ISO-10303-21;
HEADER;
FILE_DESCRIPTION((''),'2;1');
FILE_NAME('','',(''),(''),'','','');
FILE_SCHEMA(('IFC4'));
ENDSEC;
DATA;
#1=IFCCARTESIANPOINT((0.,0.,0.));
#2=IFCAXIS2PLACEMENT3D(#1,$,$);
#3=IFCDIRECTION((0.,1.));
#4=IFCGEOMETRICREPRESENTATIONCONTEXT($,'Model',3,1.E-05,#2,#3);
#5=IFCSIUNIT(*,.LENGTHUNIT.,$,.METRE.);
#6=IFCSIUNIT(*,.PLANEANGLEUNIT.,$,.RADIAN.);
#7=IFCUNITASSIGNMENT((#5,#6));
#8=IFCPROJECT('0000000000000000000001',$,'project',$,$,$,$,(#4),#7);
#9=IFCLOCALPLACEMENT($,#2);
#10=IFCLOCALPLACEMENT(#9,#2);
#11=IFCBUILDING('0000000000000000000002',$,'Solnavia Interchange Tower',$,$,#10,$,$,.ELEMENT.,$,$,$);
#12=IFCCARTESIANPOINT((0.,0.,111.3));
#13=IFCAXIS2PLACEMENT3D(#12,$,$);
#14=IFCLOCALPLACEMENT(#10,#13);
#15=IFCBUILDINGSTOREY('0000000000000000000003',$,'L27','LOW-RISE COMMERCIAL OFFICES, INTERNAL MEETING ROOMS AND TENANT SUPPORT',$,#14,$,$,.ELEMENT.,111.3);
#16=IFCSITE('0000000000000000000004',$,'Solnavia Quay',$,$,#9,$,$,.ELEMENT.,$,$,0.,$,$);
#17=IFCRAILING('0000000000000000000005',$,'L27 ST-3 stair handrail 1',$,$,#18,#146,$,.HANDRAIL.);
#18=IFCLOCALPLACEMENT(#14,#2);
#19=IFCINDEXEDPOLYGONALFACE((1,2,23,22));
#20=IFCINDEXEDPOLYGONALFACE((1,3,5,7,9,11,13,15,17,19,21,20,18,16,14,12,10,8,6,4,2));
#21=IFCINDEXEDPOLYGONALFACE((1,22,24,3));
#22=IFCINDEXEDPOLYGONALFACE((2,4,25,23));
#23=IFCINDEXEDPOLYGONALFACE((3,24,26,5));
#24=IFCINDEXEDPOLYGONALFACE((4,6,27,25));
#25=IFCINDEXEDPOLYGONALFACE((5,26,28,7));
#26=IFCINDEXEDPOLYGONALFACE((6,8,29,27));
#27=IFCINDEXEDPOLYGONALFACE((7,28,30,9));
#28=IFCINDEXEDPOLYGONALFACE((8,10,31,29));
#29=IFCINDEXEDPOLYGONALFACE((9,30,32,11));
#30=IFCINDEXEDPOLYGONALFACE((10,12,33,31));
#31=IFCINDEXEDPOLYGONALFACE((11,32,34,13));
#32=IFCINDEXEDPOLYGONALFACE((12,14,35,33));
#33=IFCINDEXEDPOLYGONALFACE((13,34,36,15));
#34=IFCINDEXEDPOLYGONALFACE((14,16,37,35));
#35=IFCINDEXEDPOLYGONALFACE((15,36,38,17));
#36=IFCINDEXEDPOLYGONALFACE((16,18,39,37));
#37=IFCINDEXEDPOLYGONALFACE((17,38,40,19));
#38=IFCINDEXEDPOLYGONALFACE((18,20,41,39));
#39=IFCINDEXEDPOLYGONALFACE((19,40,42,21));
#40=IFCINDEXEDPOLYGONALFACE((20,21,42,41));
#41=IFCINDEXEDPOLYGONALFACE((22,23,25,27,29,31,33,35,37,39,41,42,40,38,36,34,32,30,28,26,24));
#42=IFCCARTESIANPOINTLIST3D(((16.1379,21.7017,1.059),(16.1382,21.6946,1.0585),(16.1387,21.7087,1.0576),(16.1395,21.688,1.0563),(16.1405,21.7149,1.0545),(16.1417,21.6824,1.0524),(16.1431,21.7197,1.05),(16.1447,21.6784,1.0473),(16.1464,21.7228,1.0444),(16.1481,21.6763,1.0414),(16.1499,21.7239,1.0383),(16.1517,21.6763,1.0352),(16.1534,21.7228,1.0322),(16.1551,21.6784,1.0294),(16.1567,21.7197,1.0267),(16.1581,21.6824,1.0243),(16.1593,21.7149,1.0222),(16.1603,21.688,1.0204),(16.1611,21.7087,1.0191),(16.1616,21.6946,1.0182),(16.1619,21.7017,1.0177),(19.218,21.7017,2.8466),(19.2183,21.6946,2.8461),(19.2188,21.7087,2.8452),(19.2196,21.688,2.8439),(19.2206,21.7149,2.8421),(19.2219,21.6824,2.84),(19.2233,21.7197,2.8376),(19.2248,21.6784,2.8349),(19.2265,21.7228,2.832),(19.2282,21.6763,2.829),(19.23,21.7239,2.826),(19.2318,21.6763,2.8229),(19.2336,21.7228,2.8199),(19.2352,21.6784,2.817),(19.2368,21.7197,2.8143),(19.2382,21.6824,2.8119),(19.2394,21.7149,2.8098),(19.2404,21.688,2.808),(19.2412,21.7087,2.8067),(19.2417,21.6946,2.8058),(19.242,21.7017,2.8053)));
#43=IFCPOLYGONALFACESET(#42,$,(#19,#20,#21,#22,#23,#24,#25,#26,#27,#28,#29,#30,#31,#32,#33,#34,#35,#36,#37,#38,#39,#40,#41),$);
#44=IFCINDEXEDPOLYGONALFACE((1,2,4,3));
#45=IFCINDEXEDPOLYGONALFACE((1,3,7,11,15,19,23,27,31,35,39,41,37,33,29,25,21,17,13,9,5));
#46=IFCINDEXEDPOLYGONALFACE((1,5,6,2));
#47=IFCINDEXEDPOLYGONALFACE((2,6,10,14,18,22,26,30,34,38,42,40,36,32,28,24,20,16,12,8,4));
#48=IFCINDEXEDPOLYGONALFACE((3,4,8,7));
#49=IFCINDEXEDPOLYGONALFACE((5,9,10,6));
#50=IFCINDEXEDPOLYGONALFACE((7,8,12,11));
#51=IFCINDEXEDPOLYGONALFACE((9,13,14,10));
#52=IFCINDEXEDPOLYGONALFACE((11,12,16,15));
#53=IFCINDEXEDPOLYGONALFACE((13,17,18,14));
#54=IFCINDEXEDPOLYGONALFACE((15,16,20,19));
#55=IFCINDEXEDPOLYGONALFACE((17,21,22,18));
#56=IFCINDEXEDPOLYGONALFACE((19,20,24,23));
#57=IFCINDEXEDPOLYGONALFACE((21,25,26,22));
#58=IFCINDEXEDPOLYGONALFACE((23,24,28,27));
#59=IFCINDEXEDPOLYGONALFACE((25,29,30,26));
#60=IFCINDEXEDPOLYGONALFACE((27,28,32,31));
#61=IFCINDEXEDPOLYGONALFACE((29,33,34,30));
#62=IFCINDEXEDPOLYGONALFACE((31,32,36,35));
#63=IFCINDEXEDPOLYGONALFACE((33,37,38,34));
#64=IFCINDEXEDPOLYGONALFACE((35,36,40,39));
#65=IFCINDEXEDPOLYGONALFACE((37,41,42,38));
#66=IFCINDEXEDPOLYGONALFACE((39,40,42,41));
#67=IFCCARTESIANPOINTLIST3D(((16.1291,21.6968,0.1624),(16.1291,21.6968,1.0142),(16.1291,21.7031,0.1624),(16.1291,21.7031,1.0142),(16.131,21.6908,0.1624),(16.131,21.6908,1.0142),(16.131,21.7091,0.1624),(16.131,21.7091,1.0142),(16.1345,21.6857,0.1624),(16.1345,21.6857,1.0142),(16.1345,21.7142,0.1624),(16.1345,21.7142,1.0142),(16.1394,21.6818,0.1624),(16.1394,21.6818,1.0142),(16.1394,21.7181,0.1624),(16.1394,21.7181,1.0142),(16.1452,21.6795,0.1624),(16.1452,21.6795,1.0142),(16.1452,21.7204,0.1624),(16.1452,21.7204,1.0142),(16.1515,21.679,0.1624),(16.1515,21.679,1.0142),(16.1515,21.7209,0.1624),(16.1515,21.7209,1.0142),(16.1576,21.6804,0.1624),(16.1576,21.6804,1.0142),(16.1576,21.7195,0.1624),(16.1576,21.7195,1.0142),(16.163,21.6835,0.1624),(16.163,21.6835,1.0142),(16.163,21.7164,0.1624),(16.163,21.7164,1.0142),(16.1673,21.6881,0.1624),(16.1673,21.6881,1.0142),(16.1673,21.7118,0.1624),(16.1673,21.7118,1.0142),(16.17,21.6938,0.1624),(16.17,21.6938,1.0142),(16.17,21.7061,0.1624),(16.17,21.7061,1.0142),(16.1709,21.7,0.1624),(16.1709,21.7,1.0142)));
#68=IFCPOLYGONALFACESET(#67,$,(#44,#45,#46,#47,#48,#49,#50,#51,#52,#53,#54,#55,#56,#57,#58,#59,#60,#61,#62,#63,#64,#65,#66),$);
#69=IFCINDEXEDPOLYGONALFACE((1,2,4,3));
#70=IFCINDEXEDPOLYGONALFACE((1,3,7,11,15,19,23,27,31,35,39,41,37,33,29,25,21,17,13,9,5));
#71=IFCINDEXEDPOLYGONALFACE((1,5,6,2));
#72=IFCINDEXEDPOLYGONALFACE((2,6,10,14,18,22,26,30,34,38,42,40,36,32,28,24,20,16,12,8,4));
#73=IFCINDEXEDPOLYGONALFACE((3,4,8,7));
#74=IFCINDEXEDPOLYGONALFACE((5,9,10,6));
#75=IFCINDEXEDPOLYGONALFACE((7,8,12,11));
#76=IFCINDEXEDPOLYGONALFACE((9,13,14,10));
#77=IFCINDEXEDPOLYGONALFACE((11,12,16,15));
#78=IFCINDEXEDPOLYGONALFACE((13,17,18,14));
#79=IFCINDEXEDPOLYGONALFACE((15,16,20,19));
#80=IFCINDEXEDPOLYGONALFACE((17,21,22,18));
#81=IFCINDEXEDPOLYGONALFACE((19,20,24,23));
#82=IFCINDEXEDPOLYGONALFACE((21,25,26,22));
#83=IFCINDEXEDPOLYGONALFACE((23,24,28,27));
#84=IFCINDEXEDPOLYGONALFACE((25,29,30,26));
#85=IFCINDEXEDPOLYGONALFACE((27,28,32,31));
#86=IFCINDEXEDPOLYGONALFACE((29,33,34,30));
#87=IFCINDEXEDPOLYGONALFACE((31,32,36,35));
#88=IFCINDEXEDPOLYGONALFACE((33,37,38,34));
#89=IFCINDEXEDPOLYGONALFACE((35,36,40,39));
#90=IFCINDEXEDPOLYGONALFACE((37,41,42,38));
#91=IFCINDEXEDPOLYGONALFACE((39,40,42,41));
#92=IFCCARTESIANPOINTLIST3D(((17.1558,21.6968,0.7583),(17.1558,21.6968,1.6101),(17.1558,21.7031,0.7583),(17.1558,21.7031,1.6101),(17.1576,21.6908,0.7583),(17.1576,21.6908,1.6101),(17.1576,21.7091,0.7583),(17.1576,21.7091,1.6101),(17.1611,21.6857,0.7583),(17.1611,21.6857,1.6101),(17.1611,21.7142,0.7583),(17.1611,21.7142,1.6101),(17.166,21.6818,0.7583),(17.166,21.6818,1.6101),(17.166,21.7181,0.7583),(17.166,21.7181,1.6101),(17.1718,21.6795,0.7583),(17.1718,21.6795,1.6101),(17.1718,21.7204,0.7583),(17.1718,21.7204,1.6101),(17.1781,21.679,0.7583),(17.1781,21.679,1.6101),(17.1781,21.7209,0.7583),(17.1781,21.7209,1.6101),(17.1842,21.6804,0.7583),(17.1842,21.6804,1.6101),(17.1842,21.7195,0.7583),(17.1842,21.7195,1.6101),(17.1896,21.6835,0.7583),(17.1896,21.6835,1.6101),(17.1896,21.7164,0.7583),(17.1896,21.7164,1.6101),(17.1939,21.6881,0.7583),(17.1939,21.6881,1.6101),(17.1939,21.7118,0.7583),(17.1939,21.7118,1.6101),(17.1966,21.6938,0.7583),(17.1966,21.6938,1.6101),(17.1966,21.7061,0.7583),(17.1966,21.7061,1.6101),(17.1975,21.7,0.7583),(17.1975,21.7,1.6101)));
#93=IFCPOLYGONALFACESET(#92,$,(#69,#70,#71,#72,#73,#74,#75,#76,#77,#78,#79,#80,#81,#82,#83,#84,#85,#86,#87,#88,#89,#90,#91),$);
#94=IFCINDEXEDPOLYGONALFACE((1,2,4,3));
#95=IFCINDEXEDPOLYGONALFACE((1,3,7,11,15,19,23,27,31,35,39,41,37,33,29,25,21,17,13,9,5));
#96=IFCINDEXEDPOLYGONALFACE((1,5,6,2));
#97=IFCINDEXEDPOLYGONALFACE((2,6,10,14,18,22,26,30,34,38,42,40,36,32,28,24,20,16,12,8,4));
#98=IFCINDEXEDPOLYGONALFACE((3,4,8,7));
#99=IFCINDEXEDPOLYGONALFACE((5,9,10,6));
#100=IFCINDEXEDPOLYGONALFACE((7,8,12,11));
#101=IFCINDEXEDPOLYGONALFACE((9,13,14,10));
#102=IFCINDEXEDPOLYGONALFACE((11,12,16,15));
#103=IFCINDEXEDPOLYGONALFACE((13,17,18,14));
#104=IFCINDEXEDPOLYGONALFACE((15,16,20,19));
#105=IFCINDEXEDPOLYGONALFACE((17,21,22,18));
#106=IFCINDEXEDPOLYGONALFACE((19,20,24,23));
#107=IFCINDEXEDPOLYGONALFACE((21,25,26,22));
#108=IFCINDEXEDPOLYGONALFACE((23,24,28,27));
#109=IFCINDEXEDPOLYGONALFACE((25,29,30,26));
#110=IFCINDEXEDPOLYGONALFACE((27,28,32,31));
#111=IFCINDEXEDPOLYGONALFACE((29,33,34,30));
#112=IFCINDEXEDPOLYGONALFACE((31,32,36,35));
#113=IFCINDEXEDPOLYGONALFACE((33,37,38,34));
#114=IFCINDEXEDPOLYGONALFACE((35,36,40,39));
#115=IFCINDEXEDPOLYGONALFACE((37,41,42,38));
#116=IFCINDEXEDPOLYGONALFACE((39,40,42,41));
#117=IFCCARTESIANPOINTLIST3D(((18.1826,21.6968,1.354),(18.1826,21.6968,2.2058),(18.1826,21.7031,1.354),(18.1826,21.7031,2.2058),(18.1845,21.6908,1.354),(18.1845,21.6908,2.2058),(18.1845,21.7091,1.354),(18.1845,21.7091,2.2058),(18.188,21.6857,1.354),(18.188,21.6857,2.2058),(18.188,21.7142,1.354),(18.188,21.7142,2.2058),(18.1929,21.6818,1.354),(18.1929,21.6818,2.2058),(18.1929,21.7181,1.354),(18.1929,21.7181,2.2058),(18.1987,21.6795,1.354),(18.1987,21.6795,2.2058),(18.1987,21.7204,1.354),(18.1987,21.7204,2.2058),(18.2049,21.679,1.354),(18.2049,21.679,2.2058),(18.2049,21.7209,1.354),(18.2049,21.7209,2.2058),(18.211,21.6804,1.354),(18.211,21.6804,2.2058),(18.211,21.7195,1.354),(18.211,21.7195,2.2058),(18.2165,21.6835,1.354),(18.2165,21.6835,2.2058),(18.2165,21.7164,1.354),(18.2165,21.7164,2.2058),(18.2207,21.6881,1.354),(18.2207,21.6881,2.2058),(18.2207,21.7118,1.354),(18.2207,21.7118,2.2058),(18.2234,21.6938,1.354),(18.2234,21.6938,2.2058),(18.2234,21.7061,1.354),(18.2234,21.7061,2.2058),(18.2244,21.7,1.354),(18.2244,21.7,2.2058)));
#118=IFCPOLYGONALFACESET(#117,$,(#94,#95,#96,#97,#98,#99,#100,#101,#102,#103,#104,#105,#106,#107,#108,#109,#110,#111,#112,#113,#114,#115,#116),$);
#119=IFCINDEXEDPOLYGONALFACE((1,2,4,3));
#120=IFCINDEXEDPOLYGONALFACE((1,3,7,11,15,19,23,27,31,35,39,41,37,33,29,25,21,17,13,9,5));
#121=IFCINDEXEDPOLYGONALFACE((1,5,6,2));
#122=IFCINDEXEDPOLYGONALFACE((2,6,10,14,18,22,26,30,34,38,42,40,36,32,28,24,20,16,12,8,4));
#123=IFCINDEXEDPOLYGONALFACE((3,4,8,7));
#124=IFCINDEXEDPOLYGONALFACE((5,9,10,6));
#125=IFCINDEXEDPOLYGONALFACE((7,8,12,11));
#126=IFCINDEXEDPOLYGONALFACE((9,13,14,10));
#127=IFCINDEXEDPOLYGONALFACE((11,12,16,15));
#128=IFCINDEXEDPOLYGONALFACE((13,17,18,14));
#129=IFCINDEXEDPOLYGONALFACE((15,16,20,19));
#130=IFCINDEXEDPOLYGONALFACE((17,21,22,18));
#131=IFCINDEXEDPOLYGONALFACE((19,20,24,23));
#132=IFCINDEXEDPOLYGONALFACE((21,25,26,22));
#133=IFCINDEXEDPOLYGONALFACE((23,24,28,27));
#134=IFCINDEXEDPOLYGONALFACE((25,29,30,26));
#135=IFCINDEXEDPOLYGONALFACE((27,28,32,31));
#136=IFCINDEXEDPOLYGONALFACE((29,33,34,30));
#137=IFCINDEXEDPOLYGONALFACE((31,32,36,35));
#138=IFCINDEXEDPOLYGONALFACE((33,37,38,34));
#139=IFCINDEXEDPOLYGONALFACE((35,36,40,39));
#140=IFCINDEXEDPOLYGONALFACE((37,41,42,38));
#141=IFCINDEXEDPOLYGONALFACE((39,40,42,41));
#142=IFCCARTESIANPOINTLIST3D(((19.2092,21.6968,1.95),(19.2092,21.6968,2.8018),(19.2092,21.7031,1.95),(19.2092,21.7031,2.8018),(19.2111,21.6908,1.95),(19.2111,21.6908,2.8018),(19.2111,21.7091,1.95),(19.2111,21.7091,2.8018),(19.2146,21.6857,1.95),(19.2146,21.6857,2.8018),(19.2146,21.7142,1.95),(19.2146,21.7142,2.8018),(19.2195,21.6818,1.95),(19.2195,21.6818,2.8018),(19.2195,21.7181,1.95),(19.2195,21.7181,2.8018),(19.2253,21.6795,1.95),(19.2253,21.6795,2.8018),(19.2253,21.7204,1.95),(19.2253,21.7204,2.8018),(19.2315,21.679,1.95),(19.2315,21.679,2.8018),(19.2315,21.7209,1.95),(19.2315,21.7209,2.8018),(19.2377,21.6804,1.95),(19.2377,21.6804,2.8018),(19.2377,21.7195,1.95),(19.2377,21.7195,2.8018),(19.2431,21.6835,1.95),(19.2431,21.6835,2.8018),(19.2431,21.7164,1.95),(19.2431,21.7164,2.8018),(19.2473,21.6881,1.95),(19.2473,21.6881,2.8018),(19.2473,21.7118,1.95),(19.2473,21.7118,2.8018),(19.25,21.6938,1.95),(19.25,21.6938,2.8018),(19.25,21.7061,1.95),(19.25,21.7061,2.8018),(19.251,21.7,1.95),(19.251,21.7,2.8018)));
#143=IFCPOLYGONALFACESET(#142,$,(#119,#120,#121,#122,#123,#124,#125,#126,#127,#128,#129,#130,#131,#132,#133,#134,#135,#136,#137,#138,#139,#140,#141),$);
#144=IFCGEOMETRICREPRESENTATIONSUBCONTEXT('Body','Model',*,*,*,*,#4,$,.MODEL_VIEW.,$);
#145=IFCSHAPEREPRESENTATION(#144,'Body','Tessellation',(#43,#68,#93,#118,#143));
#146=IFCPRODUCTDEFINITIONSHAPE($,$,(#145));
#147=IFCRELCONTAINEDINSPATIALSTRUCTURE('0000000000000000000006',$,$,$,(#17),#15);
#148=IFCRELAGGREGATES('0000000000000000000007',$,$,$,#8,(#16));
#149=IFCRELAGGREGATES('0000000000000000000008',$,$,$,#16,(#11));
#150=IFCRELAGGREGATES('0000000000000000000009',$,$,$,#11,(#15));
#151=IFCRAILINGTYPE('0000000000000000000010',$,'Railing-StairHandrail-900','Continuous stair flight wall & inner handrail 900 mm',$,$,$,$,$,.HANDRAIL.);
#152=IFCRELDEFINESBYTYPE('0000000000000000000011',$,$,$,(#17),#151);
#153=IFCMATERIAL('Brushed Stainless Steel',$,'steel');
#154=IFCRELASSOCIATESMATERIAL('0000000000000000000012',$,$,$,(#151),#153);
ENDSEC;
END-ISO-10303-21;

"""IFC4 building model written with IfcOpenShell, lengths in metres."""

from ifc_helpers import new_model, si_unit, direction, frame, origin, origin_2d, place, context, subcontext, project, spatial, circle, extrude, material, type_object, element, save


model = new_model("IFC4")

# Units and contexts
model_context = context("Model", 3, precision=1e-05, world=origin(), true_north=direction((0.0, 1.0)))
body_context = subcontext(model_context, "Body", "Model", "MODEL_VIEW")
ifc_project = project(units=[si_unit("LENGTHUNIT", "METRE"), si_unit("PLANEANGLEUNIT", "RADIAN")], contexts=[model_context])

# Site, building, storey
site_placement = place(None, origin())
site = spatial("IfcSite", under=ifc_project, at=site_placement, Name="Solnavia Quay", CompositionType="ELEMENT", RefElevation=0.0)
building_placement = place(site_placement, origin())
building = spatial("IfcBuilding", under=site, at=building_placement, Name="Solnavia Interchange Tower", CompositionType="ELEMENT")
storey_placement = place(building_placement, frame((0.0, 0.0, 111.3)))
storey = spatial("IfcBuildingStorey", under=building, at=storey_placement, Name="L27", Description="LOW-RISE COMMERCIAL OFFICES, INTERNAL MEETING ROOMS AND TENANT SUPPORT", CompositionType="ELEMENT", Elevation=111.3)

# Railing
ifc_material_1 = material(Name="Brushed Stainless Steel", Category="steel")
railing_type_1 = type_object("IfcRailingType", Name="Railing-StairHandrail-900", Description="Continuous stair flight wall & inner handrail 900 mm", PredefinedType="HANDRAIL", material=ifc_material_1)
railing_1_placement = place(storey_placement, frame((16.1499, 21.7, 0.1624)))
element("IfcRailing", 1, at=railing_1_placement, inside=storey, type_object=railing_type_1, Name="L27 ST-3 stair handrail 1", PredefinedType="HANDRAIL", context=body_context, shape_type="SweptSolid", body=[
    extrude(circle(Radius=0.0239, at=origin_2d()), frame((0.0, 0.0, 0.876), z_axis=(0.864891, 0.0, 0.50196), x_axis=(0.0, 1.0, 0.0)), (0.0, 0.0, 1.0), 3.5613),
    extrude(circle(Radius=0.021, at=origin_2d()), origin(), (0.0, 0.0, 1.0), 0.8518),
    extrude(circle(Radius=0.021, at=origin_2d()), frame((1.0266, 0.0, 0.5959)), (0.0, 0.0, 1.0), 0.8518),
    extrude(circle(Radius=0.021, at=origin_2d()), frame((2.0535, 0.0, 1.1917)), (0.0, 0.0, 1.0), 0.8518),
    extrude(circle(Radius=0.021, at=origin_2d()), frame((3.0801, 0.0, 1.7876)), (0.0, 0.0, 1.0), 0.8518),
])

save(model, "model.ifc")
